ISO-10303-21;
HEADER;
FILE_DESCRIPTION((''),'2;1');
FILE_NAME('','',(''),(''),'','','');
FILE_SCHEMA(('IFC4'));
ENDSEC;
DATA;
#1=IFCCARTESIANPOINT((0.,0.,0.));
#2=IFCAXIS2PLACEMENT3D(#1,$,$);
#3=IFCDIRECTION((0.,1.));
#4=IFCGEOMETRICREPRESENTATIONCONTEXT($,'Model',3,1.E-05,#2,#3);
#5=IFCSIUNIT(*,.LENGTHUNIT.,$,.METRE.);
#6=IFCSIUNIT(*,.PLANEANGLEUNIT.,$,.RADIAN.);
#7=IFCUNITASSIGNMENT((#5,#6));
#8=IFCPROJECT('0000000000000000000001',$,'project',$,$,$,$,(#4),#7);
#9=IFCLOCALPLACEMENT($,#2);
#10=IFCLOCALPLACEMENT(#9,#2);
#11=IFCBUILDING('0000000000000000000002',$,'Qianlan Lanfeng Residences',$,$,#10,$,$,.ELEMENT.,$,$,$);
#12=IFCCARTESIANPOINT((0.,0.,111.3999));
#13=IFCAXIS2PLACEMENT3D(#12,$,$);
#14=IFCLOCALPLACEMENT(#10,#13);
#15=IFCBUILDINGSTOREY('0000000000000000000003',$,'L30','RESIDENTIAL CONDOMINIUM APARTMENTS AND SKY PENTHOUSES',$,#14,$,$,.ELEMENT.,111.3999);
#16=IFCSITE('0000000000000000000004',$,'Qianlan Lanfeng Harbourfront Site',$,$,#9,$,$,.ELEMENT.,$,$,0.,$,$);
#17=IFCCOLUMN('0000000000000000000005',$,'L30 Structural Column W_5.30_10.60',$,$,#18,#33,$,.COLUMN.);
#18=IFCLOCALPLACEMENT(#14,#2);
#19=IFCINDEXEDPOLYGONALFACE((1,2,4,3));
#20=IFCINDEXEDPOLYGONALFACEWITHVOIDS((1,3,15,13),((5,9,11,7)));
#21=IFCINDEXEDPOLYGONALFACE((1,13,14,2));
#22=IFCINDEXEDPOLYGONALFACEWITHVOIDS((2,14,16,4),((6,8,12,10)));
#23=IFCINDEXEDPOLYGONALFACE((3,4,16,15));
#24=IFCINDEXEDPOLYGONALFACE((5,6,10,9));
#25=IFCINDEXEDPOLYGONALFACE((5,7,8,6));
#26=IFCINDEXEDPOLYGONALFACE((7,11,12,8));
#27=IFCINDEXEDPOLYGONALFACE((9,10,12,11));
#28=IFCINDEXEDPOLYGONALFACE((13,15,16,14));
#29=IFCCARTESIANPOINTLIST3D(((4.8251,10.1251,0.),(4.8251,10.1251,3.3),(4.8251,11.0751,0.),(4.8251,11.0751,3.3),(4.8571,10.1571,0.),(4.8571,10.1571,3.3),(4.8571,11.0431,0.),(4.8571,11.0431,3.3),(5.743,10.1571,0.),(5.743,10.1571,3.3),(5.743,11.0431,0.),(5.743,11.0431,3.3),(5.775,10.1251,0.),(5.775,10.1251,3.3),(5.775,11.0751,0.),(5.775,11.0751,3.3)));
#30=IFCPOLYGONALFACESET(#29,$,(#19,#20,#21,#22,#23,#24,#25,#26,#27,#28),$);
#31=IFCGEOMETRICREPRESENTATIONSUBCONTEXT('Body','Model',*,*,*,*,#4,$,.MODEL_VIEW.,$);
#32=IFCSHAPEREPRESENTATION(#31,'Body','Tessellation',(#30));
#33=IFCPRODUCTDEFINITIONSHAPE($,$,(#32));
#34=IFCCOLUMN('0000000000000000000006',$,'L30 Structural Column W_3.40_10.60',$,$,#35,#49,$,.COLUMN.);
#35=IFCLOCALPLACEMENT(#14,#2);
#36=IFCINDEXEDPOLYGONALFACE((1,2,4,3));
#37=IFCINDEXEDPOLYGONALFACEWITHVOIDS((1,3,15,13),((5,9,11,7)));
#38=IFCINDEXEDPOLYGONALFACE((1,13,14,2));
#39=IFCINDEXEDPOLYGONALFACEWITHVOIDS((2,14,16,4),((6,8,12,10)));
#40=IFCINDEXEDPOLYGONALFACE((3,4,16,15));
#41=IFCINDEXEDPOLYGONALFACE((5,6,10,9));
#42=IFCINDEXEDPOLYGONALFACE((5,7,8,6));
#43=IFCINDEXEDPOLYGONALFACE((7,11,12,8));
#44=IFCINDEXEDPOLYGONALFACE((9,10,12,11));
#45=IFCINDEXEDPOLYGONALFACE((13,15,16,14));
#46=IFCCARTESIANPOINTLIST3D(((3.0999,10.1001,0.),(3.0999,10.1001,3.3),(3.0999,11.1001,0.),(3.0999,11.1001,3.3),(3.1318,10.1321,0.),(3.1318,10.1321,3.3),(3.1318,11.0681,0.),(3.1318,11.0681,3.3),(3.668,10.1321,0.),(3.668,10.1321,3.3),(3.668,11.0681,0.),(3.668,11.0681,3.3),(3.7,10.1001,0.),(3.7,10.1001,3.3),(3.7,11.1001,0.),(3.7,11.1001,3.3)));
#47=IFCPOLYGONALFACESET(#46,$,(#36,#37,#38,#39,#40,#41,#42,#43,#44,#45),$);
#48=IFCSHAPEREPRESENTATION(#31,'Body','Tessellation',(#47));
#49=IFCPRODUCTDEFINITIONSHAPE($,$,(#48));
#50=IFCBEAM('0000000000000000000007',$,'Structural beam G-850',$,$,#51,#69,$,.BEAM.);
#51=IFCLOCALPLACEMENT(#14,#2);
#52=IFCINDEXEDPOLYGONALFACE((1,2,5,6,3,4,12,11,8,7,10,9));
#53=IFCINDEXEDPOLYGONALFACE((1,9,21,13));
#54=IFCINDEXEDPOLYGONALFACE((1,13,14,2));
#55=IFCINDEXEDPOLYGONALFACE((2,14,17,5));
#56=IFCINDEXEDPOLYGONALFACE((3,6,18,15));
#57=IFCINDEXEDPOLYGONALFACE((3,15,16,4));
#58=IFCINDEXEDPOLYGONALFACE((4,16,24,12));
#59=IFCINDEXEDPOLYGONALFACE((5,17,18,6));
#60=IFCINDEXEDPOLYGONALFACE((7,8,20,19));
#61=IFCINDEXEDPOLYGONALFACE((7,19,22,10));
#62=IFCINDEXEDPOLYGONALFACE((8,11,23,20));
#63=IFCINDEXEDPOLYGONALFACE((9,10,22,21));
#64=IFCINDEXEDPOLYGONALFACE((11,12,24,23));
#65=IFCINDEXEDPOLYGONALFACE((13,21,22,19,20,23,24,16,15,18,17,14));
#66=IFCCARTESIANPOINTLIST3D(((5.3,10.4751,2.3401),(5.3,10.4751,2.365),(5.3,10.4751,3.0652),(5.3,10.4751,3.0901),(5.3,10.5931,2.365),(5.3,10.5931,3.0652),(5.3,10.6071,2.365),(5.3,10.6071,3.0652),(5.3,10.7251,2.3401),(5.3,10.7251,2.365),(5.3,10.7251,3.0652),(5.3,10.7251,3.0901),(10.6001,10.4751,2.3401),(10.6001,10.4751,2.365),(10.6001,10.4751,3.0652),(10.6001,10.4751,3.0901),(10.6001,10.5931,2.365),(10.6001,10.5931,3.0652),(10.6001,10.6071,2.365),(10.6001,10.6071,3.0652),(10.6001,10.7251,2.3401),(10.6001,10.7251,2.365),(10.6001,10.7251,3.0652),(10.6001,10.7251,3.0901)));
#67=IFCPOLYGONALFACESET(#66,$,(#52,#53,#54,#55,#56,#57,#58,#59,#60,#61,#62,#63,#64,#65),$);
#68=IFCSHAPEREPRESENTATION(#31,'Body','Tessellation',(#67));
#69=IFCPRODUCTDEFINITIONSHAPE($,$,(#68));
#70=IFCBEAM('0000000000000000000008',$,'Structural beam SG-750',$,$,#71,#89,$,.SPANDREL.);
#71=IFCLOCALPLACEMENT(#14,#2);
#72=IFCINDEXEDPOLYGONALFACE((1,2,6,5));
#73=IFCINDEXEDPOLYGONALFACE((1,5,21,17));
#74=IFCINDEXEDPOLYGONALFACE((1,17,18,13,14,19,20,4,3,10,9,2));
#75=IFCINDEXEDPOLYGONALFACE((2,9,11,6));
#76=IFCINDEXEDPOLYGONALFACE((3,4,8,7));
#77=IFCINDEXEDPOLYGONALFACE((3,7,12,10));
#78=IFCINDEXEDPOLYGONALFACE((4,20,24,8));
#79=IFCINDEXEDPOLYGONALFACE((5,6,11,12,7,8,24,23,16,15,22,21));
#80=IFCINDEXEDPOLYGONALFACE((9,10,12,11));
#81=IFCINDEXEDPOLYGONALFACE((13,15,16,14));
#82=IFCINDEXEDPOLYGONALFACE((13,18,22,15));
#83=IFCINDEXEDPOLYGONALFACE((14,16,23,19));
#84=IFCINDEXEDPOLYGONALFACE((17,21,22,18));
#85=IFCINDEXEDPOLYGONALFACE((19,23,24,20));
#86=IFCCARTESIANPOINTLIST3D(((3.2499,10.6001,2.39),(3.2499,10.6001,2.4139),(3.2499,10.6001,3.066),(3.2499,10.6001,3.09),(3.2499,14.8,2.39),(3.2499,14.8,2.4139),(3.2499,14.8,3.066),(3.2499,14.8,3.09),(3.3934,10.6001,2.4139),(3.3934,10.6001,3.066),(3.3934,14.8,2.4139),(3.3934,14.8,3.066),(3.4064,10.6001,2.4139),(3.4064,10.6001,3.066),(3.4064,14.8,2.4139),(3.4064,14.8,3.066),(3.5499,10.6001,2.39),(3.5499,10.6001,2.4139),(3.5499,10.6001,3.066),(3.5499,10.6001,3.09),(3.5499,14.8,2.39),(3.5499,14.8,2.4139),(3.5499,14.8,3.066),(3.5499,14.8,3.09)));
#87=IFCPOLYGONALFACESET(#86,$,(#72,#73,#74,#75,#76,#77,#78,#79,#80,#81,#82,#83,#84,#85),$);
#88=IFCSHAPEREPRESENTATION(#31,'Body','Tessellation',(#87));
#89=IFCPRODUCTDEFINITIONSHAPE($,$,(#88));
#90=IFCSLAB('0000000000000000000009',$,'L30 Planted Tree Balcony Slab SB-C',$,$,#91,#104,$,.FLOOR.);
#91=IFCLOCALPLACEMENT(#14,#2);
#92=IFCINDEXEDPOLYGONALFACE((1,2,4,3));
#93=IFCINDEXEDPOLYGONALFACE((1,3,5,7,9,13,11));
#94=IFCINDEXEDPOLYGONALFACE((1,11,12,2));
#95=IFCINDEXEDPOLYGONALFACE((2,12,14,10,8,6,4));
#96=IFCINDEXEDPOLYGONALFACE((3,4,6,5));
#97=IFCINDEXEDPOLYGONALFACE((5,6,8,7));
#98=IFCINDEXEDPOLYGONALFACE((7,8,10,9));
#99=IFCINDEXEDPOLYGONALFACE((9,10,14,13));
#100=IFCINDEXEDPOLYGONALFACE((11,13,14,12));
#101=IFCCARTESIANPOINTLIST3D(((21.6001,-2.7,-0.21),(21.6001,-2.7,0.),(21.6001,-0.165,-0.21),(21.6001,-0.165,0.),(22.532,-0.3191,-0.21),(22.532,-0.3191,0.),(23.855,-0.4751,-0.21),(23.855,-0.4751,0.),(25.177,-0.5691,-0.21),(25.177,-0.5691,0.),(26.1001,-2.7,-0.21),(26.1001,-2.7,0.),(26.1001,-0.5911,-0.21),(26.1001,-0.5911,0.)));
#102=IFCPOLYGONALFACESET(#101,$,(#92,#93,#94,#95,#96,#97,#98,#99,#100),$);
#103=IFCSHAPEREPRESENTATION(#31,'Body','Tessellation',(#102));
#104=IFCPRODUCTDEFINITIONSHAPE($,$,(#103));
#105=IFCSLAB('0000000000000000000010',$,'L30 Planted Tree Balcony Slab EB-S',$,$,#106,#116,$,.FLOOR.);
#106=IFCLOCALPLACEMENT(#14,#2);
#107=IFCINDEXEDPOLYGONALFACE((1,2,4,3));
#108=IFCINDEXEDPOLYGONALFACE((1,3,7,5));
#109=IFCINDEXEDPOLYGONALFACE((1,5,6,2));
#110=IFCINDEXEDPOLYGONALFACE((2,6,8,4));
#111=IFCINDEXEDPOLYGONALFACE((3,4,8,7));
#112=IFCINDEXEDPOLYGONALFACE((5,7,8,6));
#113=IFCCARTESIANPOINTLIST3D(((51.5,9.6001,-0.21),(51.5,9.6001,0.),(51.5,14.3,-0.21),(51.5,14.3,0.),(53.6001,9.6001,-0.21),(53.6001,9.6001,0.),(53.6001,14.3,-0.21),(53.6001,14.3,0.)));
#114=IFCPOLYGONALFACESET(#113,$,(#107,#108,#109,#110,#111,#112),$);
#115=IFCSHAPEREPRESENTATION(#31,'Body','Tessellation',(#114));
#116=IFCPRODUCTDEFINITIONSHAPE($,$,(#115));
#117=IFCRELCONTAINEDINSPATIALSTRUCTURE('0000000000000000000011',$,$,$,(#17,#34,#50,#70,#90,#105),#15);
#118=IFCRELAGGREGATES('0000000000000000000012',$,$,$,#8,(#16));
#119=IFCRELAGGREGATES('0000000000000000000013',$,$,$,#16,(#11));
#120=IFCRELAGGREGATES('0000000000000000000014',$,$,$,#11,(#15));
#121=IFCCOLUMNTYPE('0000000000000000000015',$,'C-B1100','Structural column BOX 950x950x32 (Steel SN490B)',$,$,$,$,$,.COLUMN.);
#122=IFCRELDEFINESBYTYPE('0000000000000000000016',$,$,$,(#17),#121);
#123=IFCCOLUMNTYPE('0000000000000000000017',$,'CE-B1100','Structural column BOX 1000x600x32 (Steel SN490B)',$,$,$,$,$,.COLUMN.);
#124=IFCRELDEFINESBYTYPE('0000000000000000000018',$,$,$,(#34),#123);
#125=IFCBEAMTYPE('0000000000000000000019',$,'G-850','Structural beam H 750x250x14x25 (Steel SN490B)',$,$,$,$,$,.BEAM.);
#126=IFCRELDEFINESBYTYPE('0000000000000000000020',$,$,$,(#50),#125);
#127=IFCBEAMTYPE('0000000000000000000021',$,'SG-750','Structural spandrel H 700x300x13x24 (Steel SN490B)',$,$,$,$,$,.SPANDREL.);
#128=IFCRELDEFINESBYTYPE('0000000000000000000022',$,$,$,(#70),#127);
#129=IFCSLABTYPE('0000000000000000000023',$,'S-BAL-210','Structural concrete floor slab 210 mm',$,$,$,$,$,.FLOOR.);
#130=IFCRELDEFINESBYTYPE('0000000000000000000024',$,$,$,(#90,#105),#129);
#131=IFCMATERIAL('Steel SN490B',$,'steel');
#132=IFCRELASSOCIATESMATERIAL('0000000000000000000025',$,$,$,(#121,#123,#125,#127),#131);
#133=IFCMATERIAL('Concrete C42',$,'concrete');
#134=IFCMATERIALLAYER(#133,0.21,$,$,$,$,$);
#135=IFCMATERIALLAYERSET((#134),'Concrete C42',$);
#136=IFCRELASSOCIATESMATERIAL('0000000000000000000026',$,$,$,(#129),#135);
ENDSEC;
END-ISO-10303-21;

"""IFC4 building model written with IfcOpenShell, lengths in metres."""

from ifc_helpers import new_model, si_unit, direction, frame, origin, origin_2d, place, context, subcontext, project, spatial, polyline, hollow_rectangle, i_section, outline, extrude, material, layer, layer_set, material_profile, profile_set, type_object, element, save


model = new_model("IFC4")

# Units and contexts
model_context = context("Model", 3, precision=1e-05, world=origin(), true_north=direction((0.0, 1.0)))
body_context = subcontext(model_context, "Body", "Model", "MODEL_VIEW")
ifc_project = project(units=[si_unit("LENGTHUNIT", "METRE"), si_unit("PLANEANGLEUNIT", "RADIAN")], contexts=[model_context])

# Site, building, storey
site_placement = place(None, origin())
site = spatial("IfcSite", under=ifc_project, at=site_placement, Name="Qianlan Lanfeng Harbourfront Site", CompositionType="ELEMENT", RefElevation=0.0)
building_placement = place(site_placement, origin())
building = spatial("IfcBuilding", under=site, at=building_placement, Name="Qianlan Lanfeng Residences", CompositionType="ELEMENT")
storey_placement = place(building_placement, frame((0.0, 0.0, 111.3999)))
storey = spatial("IfcBuildingStorey", under=building, at=storey_placement, Name="L30", Description="RESIDENTIAL CONDOMINIUM APARTMENTS AND SKY PENTHOUSES", CompositionType="ELEMENT", Elevation=111.3999)

# Columns
ifc_material_1 = material(Name="Steel SN490B", Category="steel")
ifc_material_profile_1 = material_profile(ifc_material_1, hollow_rectangle(XDim=0.95, YDim=0.95, WallThickness=0.032, at=origin_2d()), Name="BOX 950x950x32")
ifc_profile_set_1 = profile_set([ifc_material_profile_1], Name="Steel SN490B")
column_type_1 = type_object("IfcColumnType", Name="C-B1100", Description="Structural column BOX 950x950x32 (Steel SN490B)", PredefinedType="COLUMN", material=ifc_profile_set_1)
column_1_placement = place(storey_placement, frame((5.3, 10.6001, 0.0), z_axis=(0.0, 0.0, 1.0), x_axis=(1.0, 0.0, 0.0)))
element("IfcColumn", 1, at=column_1_placement, inside=storey, type_object=column_type_1, Name="L30 Structural Column W_5.30_10.60", PredefinedType="COLUMN", context=body_context, shape_type="SweptSolid", body=[
    extrude(hollow_rectangle(XDim=0.95, YDim=0.95, WallThickness=0.032, at=origin_2d()), origin(), (0.0, 0.0, 1.0), 3.3),
])
ifc_material_profile_2 = material_profile(ifc_material_1, hollow_rectangle(XDim=0.6001, YDim=1.0, WallThickness=0.032, at=origin_2d()), Name="BOX 1000x600x32")
ifc_profile_set_2 = profile_set([ifc_material_profile_2], Name="Steel SN490B")
column_type_2 = type_object("IfcColumnType", Name="CE-B1100", Description="Structural column BOX 1000x600x32 (Steel SN490B)", PredefinedType="COLUMN", material=ifc_profile_set_2)
column_2_placement = place(storey_placement, frame((3.3999, 10.6001, 0.0), z_axis=(0.0, 0.0, 1.0), x_axis=(1.0, 0.0, 0.0)))
element("IfcColumn", 2, at=column_2_placement, inside=storey, type_object=column_type_2, Name="L30 Structural Column W_3.40_10.60", PredefinedType="COLUMN", context=body_context, shape_type="SweptSolid", body=[
    extrude(hollow_rectangle(XDim=0.6001, YDim=1.0, WallThickness=0.032, at=origin_2d()), origin(), (0.0, 0.0, 1.0), 3.3),
])

# Beams
ifc_material_profile_3 = material_profile(ifc_material_1, i_section(OverallWidth=0.25, OverallDepth=0.75, WebThickness=0.0139, FlangeThickness=0.0249, at=origin_2d()), Name="H 750x250x14x25")
ifc_profile_set_3 = profile_set([ifc_material_profile_3], Name="Steel SN490B")
beam_type_1 = type_object("IfcBeamType", Name="G-850", Description="Structural beam H 750x250x14x25 (Steel SN490B)", PredefinedType="BEAM", material=ifc_profile_set_3)
beam_1_placement = place(storey_placement, frame((5.3, 10.6001, 2.7151), z_axis=(1.0, 0.0, 0.0), x_axis=(0.0, 1.0, 0.0)))
element("IfcBeam", 3, at=beam_1_placement, inside=storey, type_object=beam_type_1, Name="Structural beam G-850", PredefinedType="BEAM", context=body_context, shape_type="SweptSolid", body=[
    extrude(i_section(OverallWidth=0.25, OverallDepth=0.75, WebThickness=0.0139, FlangeThickness=0.0249, at=origin_2d()), origin(), (0.0, 0.0, 1.0), 5.3),
])
ifc_material_profile_4 = material_profile(ifc_material_1, i_section(OverallWidth=0.3, OverallDepth=0.7, WebThickness=0.0129, FlangeThickness=0.0239, at=origin_2d()), Name="H 700x300x13x24")
ifc_profile_set_4 = profile_set([ifc_material_profile_4], Name="Steel SN490B")
beam_type_2 = type_object("IfcBeamType", Name="SG-750", Description="Structural spandrel H 700x300x13x24 (Steel SN490B)", PredefinedType="SPANDREL", material=ifc_profile_set_4)
beam_2_placement = place(storey_placement, frame((3.3999, 10.6001, 2.74), z_axis=(0.0, 1.0, 0.0), x_axis=(-1.0, 0.0, 0.0)))
element("IfcBeam", 4, at=beam_2_placement, inside=storey, type_object=beam_type_2, Name="Structural beam SG-750", PredefinedType="SPANDREL", context=body_context, shape_type="SweptSolid", body=[
    extrude(i_section(OverallWidth=0.3, OverallDepth=0.7, WebThickness=0.0129, FlangeThickness=0.0239, at=origin_2d()), origin(), (0.0, 0.0, 1.0), 4.2),
])

# Slabs
ifc_material_2 = material(Name="Concrete C42", Category="concrete")
ifc_layer_1 = layer(ifc_material_2, 0.21)
ifc_layer_set_1 = layer_set([ifc_layer_1], Name="Concrete C42")
slab_type_1 = type_object("IfcSlabType", Name="S-BAL-210", Description="Structural concrete floor slab 210 mm", PredefinedType="FLOOR", material=ifc_layer_set_1)
slab_1_placement = place(storey_placement, frame((0.0, 0.0, -0.21)))
element("IfcSlab", 5, at=slab_1_placement, inside=storey, type_object=slab_type_1, Name="L30 Planted Tree Balcony Slab SB-C", PredefinedType="FLOOR", context=body_context, shape_type="SweptSolid", body=[
    extrude(outline(polyline([(26.1001, -0.5911), (25.177, -0.5691), (23.855, -0.4751), (22.532, -0.3191), (21.6001, -0.165), (21.6001, -2.7), (26.1001, -2.7), (26.1001, -0.5911)])), origin(), (0.0, 0.0, 1.0), 0.21),
])
slab_2_placement = place(storey_placement, frame((0.0, 0.0, -0.21)))
element("IfcSlab", 6, at=slab_2_placement, inside=storey, type_object=slab_type_1, Name="L30 Planted Tree Balcony Slab EB-S", PredefinedType="FLOOR", context=body_context, shape_type="SweptSolid", body=[
    extrude(outline(polyline([(51.5, 14.3), (51.5, 9.6001), (53.6001, 9.6001), (53.6001, 14.3), (51.5, 14.3)])), origin(), (0.0, 0.0, 1.0), 0.21),
])

save(model, "model.ifc")
